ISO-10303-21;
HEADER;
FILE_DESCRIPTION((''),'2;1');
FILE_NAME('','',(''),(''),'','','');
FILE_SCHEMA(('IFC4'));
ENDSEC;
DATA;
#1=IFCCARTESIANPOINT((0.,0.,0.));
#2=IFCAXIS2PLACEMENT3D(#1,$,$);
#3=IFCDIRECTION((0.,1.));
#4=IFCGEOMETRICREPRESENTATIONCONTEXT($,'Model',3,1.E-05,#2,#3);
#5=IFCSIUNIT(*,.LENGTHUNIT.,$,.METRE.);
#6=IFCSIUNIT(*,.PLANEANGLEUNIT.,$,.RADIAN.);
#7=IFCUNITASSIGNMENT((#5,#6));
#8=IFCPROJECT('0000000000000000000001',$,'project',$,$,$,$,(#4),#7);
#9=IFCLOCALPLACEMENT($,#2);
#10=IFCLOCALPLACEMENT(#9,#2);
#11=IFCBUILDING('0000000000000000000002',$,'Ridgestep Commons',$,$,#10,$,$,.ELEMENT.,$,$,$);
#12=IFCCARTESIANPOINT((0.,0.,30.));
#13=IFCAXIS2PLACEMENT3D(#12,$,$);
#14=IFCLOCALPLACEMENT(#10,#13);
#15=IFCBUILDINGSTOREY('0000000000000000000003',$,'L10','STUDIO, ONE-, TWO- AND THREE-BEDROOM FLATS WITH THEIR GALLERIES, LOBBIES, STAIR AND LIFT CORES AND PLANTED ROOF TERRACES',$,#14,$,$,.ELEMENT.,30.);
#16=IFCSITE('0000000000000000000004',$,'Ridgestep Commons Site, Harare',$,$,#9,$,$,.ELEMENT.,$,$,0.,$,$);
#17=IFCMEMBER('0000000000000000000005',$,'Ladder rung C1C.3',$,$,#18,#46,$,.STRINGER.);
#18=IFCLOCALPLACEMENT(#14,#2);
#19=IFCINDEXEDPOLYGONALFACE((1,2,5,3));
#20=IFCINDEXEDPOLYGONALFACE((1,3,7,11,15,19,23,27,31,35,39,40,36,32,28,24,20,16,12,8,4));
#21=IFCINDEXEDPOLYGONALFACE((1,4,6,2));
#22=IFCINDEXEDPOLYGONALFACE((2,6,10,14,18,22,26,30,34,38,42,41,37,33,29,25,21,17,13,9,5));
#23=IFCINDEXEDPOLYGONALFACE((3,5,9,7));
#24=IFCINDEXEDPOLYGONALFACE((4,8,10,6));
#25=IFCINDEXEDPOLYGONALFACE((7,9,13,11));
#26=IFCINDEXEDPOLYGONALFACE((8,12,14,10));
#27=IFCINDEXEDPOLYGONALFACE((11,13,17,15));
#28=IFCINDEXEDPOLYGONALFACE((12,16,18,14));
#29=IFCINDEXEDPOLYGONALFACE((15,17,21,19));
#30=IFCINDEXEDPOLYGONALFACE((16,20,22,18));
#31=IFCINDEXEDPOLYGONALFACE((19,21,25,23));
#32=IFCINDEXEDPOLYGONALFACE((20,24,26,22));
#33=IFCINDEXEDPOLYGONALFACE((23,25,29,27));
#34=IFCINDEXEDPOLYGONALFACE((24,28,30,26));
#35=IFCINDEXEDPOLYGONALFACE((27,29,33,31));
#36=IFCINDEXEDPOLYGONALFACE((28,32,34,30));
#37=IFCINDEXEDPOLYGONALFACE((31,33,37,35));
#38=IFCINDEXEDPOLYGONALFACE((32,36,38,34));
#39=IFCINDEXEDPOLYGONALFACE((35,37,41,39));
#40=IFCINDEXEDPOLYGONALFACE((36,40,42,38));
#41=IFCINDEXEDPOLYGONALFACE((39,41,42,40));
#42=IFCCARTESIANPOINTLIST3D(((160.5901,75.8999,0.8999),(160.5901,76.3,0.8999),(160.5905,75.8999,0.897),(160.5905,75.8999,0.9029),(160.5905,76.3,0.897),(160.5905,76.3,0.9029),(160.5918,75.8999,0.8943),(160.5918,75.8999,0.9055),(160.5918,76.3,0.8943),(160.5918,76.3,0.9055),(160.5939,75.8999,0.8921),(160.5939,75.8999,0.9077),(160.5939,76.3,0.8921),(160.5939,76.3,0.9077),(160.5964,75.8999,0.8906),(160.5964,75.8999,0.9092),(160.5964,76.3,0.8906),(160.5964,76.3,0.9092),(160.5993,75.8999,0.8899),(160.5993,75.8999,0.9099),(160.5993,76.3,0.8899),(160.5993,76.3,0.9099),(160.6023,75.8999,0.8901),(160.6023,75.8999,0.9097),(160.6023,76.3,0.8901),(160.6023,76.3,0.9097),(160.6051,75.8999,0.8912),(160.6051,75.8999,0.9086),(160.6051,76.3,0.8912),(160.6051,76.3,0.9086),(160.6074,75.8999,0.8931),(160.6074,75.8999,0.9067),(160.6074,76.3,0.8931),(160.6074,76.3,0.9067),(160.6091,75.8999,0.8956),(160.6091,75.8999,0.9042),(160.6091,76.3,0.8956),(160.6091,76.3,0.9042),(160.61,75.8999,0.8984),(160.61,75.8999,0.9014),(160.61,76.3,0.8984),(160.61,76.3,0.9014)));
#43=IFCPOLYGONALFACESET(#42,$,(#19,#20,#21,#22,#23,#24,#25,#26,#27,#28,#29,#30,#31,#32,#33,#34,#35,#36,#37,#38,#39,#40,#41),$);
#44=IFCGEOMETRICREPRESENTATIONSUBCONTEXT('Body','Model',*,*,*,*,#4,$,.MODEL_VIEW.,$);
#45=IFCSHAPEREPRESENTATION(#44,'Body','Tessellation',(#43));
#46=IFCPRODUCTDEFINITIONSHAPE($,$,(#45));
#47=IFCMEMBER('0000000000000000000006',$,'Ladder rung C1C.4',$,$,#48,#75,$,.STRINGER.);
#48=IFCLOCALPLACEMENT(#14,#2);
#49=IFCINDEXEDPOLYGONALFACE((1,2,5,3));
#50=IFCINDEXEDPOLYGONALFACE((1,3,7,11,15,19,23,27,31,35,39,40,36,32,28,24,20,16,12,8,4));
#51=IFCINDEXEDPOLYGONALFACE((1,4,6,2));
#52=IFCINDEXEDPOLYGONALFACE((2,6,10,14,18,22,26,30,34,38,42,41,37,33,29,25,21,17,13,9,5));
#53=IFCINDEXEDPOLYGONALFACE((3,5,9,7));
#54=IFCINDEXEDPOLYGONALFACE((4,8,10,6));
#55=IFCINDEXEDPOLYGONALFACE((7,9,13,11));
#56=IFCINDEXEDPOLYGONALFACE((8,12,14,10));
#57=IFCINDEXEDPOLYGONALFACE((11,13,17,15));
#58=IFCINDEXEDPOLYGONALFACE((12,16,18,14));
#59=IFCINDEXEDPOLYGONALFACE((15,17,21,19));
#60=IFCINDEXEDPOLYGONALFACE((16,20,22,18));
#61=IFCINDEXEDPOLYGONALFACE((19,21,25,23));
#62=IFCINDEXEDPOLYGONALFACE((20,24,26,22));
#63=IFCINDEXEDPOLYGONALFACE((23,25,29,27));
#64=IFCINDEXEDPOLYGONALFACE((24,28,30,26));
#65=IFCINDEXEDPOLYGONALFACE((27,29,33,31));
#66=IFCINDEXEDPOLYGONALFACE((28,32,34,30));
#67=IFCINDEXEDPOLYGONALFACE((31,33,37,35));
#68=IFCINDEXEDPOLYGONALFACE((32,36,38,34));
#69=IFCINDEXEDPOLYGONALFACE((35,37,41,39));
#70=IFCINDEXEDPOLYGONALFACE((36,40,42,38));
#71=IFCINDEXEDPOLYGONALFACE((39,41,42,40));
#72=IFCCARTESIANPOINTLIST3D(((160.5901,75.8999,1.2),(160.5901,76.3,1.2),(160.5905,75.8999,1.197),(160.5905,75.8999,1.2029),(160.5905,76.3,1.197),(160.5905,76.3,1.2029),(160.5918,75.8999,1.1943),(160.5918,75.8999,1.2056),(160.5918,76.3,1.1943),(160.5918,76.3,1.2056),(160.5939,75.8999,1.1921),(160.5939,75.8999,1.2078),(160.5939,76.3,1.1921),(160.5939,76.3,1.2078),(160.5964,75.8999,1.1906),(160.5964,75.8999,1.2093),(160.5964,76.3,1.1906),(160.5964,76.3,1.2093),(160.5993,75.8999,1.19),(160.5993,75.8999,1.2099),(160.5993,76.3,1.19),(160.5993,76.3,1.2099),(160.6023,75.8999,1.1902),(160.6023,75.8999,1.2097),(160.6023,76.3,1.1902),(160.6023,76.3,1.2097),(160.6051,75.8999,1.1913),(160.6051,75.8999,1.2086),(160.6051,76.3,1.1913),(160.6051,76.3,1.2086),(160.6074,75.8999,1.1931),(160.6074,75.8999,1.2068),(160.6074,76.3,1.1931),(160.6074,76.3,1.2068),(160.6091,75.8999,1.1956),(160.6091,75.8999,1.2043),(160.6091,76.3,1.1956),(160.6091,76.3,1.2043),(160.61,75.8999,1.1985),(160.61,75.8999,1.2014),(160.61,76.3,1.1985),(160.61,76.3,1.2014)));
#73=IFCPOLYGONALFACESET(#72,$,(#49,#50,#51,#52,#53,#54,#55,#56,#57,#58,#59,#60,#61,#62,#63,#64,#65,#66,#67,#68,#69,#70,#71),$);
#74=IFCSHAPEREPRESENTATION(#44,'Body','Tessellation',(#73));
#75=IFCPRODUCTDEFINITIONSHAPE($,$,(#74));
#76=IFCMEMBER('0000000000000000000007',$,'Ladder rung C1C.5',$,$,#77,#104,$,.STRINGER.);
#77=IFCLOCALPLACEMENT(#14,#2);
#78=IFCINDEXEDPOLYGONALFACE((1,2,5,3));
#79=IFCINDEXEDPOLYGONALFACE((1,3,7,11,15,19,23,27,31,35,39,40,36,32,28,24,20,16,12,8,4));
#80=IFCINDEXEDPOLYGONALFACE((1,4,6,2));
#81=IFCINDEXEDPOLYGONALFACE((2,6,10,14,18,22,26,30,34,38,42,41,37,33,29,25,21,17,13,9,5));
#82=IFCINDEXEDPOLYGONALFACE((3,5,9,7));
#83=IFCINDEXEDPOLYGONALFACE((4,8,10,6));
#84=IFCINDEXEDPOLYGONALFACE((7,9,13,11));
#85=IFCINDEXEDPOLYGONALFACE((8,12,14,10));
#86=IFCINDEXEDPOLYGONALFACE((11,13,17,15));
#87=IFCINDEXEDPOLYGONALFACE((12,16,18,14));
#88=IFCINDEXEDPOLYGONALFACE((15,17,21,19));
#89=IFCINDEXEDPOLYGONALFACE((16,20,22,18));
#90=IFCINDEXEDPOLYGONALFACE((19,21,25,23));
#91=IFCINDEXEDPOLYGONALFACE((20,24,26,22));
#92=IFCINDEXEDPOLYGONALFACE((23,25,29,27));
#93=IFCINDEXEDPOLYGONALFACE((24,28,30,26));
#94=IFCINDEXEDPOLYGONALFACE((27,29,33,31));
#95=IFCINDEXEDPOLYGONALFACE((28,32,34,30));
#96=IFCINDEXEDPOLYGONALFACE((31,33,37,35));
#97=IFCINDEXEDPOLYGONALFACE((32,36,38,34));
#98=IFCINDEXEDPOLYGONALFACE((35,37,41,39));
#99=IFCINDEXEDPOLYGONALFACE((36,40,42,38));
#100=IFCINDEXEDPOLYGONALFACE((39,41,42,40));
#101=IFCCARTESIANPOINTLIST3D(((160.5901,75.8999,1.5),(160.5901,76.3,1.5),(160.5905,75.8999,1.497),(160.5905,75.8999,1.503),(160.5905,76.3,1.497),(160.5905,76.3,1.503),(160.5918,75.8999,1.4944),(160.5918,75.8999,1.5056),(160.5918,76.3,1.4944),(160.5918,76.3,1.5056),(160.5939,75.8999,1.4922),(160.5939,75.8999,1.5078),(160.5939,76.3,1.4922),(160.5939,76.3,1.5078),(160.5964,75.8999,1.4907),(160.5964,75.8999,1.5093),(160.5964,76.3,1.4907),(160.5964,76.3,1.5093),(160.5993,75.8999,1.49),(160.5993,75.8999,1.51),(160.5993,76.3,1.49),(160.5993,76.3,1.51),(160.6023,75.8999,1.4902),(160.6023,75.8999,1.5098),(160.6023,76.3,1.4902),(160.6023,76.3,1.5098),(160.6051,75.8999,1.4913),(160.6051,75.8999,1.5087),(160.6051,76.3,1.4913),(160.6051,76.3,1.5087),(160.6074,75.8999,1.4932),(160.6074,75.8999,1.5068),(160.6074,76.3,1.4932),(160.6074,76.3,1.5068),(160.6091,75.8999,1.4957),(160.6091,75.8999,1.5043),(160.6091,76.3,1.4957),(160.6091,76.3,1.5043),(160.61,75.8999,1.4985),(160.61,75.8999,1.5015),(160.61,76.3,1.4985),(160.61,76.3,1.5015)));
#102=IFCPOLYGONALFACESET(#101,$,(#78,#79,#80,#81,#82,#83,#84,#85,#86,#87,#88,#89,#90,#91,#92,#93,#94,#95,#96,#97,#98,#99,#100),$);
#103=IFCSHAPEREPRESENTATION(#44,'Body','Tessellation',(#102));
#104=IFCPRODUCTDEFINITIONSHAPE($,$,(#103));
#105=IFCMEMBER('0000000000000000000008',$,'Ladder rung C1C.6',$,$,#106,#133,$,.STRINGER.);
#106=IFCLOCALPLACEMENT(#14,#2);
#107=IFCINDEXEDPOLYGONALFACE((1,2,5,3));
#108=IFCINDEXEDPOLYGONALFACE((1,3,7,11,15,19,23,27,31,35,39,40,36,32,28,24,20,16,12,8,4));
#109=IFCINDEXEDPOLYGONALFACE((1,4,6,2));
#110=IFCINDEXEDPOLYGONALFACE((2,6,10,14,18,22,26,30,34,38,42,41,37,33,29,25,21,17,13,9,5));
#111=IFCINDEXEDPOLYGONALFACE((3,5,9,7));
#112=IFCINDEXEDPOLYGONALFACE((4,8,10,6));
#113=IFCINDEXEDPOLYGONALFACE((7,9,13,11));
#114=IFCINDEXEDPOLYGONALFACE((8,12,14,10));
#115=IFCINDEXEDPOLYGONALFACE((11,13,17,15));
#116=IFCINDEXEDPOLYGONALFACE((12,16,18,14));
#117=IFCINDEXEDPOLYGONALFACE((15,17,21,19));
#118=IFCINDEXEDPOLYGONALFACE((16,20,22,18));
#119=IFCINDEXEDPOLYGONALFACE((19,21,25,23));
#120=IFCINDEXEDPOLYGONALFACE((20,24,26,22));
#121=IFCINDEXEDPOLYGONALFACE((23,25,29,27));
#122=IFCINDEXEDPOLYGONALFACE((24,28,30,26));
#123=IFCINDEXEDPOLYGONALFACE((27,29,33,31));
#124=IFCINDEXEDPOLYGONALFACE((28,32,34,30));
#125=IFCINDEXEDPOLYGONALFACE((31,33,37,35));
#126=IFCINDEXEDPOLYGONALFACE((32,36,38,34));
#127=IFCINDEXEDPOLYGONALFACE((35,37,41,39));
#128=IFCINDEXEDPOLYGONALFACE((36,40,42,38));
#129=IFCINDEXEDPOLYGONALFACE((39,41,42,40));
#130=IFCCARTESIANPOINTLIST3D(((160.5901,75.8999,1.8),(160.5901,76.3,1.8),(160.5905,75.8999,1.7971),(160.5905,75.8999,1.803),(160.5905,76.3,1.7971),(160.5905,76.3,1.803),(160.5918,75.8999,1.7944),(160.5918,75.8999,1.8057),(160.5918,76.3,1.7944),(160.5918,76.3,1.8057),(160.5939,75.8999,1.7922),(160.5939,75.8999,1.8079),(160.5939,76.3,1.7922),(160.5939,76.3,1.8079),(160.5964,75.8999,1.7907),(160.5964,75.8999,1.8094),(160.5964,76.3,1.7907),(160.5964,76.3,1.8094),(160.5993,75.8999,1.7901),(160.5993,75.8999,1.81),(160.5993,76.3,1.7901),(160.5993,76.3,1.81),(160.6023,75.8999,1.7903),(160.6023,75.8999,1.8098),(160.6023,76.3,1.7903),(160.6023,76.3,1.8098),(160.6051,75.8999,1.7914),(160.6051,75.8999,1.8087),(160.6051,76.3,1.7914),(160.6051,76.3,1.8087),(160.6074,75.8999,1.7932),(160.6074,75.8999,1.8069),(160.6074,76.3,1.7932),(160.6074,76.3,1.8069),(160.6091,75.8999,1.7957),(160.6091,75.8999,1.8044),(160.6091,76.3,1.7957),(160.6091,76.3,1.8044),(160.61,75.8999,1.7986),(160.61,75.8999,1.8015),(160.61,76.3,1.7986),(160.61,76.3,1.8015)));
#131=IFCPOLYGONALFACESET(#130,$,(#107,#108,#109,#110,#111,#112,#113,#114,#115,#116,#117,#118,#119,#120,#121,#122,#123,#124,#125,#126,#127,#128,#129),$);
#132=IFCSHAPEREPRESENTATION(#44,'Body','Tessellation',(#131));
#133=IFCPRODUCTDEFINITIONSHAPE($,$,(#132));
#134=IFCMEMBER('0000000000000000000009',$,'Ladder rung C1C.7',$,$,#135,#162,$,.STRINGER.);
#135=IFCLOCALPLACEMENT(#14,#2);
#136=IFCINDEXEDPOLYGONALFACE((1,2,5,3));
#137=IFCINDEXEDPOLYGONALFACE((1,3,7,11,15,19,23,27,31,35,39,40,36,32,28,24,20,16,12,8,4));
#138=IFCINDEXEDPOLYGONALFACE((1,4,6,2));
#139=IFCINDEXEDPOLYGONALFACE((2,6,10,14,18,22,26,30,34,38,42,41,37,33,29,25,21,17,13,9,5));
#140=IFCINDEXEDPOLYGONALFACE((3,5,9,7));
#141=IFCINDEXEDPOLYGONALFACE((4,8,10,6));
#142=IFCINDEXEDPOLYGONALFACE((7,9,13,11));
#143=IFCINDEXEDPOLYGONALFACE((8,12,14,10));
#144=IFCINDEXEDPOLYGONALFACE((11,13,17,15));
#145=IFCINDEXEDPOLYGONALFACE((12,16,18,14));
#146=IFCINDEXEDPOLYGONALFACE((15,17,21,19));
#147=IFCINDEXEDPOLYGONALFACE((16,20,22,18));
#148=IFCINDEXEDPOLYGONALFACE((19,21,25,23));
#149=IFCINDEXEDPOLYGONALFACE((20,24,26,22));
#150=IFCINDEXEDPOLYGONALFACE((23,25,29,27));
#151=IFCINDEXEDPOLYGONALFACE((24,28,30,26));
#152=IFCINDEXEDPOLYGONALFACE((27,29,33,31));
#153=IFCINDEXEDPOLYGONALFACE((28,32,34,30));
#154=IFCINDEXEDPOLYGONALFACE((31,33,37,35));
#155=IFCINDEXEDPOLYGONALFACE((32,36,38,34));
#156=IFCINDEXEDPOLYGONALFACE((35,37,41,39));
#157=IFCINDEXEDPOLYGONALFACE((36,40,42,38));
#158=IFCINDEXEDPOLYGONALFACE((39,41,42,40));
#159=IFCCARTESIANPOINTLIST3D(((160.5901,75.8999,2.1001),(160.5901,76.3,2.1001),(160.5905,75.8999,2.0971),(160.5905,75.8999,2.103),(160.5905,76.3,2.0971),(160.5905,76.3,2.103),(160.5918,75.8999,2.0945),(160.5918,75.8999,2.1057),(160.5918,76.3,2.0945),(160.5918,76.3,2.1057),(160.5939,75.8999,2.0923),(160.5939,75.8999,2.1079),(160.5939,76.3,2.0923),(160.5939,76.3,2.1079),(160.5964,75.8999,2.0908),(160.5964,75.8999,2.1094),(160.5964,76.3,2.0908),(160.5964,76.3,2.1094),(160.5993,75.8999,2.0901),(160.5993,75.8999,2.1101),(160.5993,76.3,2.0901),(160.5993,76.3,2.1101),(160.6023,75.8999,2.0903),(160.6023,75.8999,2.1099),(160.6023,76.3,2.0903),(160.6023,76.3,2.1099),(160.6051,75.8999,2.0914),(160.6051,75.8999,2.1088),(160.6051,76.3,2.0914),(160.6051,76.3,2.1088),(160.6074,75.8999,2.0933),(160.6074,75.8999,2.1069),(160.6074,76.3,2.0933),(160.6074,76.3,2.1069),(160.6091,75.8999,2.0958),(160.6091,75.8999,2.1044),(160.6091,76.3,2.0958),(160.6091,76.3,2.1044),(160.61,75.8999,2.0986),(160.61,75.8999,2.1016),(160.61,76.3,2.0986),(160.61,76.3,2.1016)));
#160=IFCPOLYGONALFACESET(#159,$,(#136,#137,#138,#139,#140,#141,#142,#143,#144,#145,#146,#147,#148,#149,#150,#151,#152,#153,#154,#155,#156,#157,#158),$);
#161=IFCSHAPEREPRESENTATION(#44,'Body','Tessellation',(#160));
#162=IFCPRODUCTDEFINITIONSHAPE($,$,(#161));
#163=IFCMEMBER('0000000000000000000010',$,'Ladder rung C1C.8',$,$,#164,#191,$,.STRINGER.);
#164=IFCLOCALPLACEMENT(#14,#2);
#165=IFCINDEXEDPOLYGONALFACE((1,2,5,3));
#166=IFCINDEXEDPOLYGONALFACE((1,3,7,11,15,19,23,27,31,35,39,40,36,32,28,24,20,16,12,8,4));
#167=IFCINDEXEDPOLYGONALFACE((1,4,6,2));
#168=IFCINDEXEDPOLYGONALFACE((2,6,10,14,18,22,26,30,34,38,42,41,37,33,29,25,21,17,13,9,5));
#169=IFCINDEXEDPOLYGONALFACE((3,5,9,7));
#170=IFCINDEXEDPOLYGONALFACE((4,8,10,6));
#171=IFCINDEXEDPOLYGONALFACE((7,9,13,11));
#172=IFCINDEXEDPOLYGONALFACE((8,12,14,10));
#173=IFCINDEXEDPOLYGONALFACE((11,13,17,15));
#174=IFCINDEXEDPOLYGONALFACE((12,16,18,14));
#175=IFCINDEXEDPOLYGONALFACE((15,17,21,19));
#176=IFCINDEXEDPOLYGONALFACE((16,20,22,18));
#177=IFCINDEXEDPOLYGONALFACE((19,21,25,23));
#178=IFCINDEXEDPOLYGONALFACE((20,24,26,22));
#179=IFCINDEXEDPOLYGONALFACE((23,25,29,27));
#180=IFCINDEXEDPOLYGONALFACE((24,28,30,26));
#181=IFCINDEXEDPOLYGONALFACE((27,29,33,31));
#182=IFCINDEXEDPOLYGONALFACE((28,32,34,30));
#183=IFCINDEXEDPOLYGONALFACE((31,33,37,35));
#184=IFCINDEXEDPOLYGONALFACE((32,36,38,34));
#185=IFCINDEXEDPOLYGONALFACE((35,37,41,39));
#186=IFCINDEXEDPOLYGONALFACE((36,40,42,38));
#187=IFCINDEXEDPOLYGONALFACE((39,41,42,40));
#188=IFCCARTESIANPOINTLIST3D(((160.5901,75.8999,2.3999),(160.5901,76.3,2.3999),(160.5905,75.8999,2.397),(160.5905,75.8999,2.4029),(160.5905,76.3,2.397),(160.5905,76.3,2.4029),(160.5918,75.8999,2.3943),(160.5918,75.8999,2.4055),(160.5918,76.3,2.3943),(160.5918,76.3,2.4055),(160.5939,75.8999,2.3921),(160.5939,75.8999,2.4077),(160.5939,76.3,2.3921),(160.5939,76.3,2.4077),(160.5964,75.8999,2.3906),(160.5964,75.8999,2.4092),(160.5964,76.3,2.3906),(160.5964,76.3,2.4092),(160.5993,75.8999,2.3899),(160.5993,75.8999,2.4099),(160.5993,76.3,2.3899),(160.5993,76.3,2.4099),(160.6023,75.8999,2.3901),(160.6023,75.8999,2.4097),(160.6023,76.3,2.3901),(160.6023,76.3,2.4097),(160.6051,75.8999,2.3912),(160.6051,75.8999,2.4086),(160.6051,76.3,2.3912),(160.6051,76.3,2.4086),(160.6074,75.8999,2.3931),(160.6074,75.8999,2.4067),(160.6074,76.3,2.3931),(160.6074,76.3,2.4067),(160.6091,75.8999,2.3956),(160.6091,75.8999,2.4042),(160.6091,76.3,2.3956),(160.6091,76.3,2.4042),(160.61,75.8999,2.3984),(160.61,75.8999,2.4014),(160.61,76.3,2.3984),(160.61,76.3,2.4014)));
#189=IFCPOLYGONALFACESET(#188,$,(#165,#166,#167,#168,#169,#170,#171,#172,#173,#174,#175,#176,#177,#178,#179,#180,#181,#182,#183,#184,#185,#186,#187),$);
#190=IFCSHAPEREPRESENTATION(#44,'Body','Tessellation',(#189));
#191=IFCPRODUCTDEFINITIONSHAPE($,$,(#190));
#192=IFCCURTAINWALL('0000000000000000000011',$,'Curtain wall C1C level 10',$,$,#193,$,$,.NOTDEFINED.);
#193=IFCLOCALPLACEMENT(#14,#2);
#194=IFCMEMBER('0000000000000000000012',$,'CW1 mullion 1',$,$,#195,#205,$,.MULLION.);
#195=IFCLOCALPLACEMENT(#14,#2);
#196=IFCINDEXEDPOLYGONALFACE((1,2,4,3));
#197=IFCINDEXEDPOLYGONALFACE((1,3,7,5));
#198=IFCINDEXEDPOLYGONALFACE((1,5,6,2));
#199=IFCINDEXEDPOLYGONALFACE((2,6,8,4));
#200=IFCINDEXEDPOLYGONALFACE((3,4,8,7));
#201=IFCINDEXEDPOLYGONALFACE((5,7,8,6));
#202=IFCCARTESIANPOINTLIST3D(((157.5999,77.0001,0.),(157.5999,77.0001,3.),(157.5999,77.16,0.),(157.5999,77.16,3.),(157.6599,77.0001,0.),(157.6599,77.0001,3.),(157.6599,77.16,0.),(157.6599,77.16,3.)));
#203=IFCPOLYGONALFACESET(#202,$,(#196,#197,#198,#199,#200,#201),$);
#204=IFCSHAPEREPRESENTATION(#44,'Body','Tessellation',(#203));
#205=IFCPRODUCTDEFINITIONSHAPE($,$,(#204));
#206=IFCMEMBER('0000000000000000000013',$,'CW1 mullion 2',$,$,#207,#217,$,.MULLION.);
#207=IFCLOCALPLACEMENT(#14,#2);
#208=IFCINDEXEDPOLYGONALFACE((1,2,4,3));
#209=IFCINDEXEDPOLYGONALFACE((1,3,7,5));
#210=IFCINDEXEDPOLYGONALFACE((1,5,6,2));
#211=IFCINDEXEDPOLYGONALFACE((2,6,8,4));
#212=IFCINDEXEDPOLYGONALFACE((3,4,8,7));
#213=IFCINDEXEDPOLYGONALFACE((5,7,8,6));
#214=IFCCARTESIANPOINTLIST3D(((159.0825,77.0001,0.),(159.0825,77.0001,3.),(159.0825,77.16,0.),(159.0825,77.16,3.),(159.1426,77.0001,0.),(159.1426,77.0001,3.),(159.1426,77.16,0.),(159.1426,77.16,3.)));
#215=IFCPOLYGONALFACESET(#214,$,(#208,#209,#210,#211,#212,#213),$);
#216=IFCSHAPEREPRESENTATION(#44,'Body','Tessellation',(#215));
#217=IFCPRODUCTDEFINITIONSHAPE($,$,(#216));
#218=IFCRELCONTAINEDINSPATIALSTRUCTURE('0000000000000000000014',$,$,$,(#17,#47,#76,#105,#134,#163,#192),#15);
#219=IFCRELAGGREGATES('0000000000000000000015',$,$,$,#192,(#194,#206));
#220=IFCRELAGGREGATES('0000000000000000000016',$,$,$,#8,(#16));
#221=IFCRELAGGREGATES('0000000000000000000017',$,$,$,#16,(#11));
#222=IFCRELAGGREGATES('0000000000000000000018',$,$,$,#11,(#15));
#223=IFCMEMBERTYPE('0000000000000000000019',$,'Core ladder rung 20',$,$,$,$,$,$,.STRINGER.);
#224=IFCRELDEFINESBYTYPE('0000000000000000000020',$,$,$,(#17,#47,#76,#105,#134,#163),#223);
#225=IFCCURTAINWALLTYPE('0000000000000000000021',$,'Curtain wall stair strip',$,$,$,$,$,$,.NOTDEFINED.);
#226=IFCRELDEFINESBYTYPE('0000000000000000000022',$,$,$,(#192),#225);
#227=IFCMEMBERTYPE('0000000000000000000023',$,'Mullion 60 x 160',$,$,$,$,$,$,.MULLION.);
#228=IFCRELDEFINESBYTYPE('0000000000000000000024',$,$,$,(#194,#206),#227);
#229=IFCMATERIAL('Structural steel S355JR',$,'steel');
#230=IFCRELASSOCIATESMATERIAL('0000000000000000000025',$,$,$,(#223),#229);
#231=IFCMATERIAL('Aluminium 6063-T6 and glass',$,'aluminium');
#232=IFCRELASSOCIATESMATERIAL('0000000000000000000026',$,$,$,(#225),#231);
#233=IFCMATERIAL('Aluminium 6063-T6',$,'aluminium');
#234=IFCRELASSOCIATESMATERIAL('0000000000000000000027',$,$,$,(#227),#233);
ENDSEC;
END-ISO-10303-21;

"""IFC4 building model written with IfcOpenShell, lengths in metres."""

from ifc_helpers import new_model, si_unit, direction, frame, origin, origin_2d, place, context, subcontext, project, spatial, rectangle, circle, extrude, material, material_profile, profile_set, type_object, element, aggregate, save


model = new_model("IFC4")

# Units and contexts
model_context = context("Model", 3, precision=1e-05, world=origin(), true_north=direction((0.0, 1.0)))
body_context = subcontext(model_context, "Body", "Model", "MODEL_VIEW")
ifc_project = project(units=[si_unit("LENGTHUNIT", "METRE"), si_unit("PLANEANGLEUNIT", "RADIAN")], contexts=[model_context])

# Site, building, storey
site_placement = place(None, origin())
site = spatial("IfcSite", under=ifc_project, at=site_placement, Name="Ridgestep Commons Site, Harare", CompositionType="ELEMENT", RefElevation=0.0)
building_placement = place(site_placement, origin())
building = spatial("IfcBuilding", under=site, at=building_placement, Name="Ridgestep Commons", CompositionType="ELEMENT")
storey_placement = place(building_placement, frame((0.0, 0.0, 30.0)))
storey = spatial("IfcBuildingStorey", under=building, at=storey_placement, Name="L10", Description="STUDIO, ONE-, TWO- AND THREE-BEDROOM FLATS WITH THEIR GALLERIES, LOBBIES, STAIR AND LIFT CORES AND PLANTED ROOF TERRACES", CompositionType="ELEMENT", Elevation=30.0)

# Members
ifc_material_1 = material(Name="Structural steel S355JR", Category="steel")
ifc_material_profile_1 = material_profile(ifc_material_1, circle(Radius=0.01, at=origin_2d()), Name="Round bar 20")
ifc_profile_set_1 = profile_set([ifc_material_profile_1], Name="Structural steel S355JR")
member_type_1 = type_object("IfcMemberType", Name="Core ladder rung 20", PredefinedType="STRINGER", material=ifc_profile_set_1)
for number, where, z_axis, x_axis, name in (
    (1, (160.6001, 75.8999, 0.8999), (0.0, 1.0, 0.0), (-1.0, 0.0, 0.0), "Ladder rung C1C.3"),
    (2, (160.6001, 75.8999, 1.2), (0.0, 1.0, 0.0), (-1.0, 0.0, 0.0), "Ladder rung C1C.4"),
    (3, (160.6001, 75.8999, 1.5), (0.0, 1.0, 0.0), (-1.0, 0.0, 0.0), "Ladder rung C1C.5"),
    (4, (160.6001, 75.8999, 1.8), (0.0, 1.0, 0.0), (-1.0, 0.0, 0.0), "Ladder rung C1C.6"),
    (5, (160.6001, 75.8999, 2.1001), (0.0, 1.0, 0.0), (-1.0, 0.0, 0.0), "Ladder rung C1C.7"),
    (6, (160.6001, 75.8999, 2.3999), (0.0, 1.0, 0.0), (-1.0, 0.0, 0.0), "Ladder rung C1C.8"),
):
    element("IfcMember", number, at=place(storey_placement, frame(where, z_axis=z_axis, x_axis=x_axis)), inside=storey, type_object=member_type_1, Name=name, PredefinedType="STRINGER", context=body_context, shape_type="SweptSolid", body=[
        extrude(circle(Radius=0.01, at=origin_2d()), origin(), (0.0, 0.0, 1.0), 0.4001),
    ])

# Curtain wall, members
ifc_material_2 = material(Name="Aluminium 6063-T6 and glass", Category="aluminium")
curtain_wall_type = type_object("IfcCurtainWallType", Name="Curtain wall stair strip", PredefinedType="NOTDEFINED", material=ifc_material_2)
curtain_wall_placement = place(storey_placement, origin())
curtain_wall = element("IfcCurtainWall", 7, at=curtain_wall_placement, inside=storey, type_object=curtain_wall_type, Name="Curtain wall C1C level 10", PredefinedType="NOTDEFINED")
ifc_material_3 = material(Name="Aluminium 6063-T6", Category="aluminium")
ifc_material_profile_2 = material_profile(ifc_material_3, rectangle(XDim=0.1599, YDim=0.0601, at=origin_2d()), Name="Mullion 60 x 160")
ifc_profile_set_2 = profile_set([ifc_material_profile_2], Name="Aluminium 6063-T6")
member_type_2 = type_object("IfcMemberType", Name="Mullion 60 x 160", PredefinedType="MULLION", material=ifc_profile_set_2)
member_1_placement = place(storey_placement, frame((157.6299, 77.0801, 0.0), z_axis=(0.0, 0.0, 1.0), x_axis=(0.0, 1.0, 0.0)))
member_1 = element("IfcMember", 8, at=member_1_placement, type_object=member_type_2, Name="CW1 mullion 1", PredefinedType="MULLION", context=body_context, shape_type="SweptSolid", body=[
    extrude(rectangle(XDim=0.1599, YDim=0.0601, at=origin_2d()), origin(), (0.0, 0.0, 1.0), 3.0),
])
member_2_placement = place(storey_placement, frame((159.1125, 77.0801, 0.0), z_axis=(0.0, 0.0, 1.0), x_axis=(0.0, 1.0, 0.0)))
member_2 = element("IfcMember", 9, at=member_2_placement, type_object=member_type_2, Name="CW1 mullion 2", PredefinedType="MULLION", context=body_context, shape_type="SweptSolid", body=[
    extrude(rectangle(XDim=0.1599, YDim=0.0601, at=origin_2d()), origin(), (0.0, 0.0, 1.0), 3.0),
])
aggregate(curtain_wall, [member_1, member_2])

save(model, "model.ifc")
